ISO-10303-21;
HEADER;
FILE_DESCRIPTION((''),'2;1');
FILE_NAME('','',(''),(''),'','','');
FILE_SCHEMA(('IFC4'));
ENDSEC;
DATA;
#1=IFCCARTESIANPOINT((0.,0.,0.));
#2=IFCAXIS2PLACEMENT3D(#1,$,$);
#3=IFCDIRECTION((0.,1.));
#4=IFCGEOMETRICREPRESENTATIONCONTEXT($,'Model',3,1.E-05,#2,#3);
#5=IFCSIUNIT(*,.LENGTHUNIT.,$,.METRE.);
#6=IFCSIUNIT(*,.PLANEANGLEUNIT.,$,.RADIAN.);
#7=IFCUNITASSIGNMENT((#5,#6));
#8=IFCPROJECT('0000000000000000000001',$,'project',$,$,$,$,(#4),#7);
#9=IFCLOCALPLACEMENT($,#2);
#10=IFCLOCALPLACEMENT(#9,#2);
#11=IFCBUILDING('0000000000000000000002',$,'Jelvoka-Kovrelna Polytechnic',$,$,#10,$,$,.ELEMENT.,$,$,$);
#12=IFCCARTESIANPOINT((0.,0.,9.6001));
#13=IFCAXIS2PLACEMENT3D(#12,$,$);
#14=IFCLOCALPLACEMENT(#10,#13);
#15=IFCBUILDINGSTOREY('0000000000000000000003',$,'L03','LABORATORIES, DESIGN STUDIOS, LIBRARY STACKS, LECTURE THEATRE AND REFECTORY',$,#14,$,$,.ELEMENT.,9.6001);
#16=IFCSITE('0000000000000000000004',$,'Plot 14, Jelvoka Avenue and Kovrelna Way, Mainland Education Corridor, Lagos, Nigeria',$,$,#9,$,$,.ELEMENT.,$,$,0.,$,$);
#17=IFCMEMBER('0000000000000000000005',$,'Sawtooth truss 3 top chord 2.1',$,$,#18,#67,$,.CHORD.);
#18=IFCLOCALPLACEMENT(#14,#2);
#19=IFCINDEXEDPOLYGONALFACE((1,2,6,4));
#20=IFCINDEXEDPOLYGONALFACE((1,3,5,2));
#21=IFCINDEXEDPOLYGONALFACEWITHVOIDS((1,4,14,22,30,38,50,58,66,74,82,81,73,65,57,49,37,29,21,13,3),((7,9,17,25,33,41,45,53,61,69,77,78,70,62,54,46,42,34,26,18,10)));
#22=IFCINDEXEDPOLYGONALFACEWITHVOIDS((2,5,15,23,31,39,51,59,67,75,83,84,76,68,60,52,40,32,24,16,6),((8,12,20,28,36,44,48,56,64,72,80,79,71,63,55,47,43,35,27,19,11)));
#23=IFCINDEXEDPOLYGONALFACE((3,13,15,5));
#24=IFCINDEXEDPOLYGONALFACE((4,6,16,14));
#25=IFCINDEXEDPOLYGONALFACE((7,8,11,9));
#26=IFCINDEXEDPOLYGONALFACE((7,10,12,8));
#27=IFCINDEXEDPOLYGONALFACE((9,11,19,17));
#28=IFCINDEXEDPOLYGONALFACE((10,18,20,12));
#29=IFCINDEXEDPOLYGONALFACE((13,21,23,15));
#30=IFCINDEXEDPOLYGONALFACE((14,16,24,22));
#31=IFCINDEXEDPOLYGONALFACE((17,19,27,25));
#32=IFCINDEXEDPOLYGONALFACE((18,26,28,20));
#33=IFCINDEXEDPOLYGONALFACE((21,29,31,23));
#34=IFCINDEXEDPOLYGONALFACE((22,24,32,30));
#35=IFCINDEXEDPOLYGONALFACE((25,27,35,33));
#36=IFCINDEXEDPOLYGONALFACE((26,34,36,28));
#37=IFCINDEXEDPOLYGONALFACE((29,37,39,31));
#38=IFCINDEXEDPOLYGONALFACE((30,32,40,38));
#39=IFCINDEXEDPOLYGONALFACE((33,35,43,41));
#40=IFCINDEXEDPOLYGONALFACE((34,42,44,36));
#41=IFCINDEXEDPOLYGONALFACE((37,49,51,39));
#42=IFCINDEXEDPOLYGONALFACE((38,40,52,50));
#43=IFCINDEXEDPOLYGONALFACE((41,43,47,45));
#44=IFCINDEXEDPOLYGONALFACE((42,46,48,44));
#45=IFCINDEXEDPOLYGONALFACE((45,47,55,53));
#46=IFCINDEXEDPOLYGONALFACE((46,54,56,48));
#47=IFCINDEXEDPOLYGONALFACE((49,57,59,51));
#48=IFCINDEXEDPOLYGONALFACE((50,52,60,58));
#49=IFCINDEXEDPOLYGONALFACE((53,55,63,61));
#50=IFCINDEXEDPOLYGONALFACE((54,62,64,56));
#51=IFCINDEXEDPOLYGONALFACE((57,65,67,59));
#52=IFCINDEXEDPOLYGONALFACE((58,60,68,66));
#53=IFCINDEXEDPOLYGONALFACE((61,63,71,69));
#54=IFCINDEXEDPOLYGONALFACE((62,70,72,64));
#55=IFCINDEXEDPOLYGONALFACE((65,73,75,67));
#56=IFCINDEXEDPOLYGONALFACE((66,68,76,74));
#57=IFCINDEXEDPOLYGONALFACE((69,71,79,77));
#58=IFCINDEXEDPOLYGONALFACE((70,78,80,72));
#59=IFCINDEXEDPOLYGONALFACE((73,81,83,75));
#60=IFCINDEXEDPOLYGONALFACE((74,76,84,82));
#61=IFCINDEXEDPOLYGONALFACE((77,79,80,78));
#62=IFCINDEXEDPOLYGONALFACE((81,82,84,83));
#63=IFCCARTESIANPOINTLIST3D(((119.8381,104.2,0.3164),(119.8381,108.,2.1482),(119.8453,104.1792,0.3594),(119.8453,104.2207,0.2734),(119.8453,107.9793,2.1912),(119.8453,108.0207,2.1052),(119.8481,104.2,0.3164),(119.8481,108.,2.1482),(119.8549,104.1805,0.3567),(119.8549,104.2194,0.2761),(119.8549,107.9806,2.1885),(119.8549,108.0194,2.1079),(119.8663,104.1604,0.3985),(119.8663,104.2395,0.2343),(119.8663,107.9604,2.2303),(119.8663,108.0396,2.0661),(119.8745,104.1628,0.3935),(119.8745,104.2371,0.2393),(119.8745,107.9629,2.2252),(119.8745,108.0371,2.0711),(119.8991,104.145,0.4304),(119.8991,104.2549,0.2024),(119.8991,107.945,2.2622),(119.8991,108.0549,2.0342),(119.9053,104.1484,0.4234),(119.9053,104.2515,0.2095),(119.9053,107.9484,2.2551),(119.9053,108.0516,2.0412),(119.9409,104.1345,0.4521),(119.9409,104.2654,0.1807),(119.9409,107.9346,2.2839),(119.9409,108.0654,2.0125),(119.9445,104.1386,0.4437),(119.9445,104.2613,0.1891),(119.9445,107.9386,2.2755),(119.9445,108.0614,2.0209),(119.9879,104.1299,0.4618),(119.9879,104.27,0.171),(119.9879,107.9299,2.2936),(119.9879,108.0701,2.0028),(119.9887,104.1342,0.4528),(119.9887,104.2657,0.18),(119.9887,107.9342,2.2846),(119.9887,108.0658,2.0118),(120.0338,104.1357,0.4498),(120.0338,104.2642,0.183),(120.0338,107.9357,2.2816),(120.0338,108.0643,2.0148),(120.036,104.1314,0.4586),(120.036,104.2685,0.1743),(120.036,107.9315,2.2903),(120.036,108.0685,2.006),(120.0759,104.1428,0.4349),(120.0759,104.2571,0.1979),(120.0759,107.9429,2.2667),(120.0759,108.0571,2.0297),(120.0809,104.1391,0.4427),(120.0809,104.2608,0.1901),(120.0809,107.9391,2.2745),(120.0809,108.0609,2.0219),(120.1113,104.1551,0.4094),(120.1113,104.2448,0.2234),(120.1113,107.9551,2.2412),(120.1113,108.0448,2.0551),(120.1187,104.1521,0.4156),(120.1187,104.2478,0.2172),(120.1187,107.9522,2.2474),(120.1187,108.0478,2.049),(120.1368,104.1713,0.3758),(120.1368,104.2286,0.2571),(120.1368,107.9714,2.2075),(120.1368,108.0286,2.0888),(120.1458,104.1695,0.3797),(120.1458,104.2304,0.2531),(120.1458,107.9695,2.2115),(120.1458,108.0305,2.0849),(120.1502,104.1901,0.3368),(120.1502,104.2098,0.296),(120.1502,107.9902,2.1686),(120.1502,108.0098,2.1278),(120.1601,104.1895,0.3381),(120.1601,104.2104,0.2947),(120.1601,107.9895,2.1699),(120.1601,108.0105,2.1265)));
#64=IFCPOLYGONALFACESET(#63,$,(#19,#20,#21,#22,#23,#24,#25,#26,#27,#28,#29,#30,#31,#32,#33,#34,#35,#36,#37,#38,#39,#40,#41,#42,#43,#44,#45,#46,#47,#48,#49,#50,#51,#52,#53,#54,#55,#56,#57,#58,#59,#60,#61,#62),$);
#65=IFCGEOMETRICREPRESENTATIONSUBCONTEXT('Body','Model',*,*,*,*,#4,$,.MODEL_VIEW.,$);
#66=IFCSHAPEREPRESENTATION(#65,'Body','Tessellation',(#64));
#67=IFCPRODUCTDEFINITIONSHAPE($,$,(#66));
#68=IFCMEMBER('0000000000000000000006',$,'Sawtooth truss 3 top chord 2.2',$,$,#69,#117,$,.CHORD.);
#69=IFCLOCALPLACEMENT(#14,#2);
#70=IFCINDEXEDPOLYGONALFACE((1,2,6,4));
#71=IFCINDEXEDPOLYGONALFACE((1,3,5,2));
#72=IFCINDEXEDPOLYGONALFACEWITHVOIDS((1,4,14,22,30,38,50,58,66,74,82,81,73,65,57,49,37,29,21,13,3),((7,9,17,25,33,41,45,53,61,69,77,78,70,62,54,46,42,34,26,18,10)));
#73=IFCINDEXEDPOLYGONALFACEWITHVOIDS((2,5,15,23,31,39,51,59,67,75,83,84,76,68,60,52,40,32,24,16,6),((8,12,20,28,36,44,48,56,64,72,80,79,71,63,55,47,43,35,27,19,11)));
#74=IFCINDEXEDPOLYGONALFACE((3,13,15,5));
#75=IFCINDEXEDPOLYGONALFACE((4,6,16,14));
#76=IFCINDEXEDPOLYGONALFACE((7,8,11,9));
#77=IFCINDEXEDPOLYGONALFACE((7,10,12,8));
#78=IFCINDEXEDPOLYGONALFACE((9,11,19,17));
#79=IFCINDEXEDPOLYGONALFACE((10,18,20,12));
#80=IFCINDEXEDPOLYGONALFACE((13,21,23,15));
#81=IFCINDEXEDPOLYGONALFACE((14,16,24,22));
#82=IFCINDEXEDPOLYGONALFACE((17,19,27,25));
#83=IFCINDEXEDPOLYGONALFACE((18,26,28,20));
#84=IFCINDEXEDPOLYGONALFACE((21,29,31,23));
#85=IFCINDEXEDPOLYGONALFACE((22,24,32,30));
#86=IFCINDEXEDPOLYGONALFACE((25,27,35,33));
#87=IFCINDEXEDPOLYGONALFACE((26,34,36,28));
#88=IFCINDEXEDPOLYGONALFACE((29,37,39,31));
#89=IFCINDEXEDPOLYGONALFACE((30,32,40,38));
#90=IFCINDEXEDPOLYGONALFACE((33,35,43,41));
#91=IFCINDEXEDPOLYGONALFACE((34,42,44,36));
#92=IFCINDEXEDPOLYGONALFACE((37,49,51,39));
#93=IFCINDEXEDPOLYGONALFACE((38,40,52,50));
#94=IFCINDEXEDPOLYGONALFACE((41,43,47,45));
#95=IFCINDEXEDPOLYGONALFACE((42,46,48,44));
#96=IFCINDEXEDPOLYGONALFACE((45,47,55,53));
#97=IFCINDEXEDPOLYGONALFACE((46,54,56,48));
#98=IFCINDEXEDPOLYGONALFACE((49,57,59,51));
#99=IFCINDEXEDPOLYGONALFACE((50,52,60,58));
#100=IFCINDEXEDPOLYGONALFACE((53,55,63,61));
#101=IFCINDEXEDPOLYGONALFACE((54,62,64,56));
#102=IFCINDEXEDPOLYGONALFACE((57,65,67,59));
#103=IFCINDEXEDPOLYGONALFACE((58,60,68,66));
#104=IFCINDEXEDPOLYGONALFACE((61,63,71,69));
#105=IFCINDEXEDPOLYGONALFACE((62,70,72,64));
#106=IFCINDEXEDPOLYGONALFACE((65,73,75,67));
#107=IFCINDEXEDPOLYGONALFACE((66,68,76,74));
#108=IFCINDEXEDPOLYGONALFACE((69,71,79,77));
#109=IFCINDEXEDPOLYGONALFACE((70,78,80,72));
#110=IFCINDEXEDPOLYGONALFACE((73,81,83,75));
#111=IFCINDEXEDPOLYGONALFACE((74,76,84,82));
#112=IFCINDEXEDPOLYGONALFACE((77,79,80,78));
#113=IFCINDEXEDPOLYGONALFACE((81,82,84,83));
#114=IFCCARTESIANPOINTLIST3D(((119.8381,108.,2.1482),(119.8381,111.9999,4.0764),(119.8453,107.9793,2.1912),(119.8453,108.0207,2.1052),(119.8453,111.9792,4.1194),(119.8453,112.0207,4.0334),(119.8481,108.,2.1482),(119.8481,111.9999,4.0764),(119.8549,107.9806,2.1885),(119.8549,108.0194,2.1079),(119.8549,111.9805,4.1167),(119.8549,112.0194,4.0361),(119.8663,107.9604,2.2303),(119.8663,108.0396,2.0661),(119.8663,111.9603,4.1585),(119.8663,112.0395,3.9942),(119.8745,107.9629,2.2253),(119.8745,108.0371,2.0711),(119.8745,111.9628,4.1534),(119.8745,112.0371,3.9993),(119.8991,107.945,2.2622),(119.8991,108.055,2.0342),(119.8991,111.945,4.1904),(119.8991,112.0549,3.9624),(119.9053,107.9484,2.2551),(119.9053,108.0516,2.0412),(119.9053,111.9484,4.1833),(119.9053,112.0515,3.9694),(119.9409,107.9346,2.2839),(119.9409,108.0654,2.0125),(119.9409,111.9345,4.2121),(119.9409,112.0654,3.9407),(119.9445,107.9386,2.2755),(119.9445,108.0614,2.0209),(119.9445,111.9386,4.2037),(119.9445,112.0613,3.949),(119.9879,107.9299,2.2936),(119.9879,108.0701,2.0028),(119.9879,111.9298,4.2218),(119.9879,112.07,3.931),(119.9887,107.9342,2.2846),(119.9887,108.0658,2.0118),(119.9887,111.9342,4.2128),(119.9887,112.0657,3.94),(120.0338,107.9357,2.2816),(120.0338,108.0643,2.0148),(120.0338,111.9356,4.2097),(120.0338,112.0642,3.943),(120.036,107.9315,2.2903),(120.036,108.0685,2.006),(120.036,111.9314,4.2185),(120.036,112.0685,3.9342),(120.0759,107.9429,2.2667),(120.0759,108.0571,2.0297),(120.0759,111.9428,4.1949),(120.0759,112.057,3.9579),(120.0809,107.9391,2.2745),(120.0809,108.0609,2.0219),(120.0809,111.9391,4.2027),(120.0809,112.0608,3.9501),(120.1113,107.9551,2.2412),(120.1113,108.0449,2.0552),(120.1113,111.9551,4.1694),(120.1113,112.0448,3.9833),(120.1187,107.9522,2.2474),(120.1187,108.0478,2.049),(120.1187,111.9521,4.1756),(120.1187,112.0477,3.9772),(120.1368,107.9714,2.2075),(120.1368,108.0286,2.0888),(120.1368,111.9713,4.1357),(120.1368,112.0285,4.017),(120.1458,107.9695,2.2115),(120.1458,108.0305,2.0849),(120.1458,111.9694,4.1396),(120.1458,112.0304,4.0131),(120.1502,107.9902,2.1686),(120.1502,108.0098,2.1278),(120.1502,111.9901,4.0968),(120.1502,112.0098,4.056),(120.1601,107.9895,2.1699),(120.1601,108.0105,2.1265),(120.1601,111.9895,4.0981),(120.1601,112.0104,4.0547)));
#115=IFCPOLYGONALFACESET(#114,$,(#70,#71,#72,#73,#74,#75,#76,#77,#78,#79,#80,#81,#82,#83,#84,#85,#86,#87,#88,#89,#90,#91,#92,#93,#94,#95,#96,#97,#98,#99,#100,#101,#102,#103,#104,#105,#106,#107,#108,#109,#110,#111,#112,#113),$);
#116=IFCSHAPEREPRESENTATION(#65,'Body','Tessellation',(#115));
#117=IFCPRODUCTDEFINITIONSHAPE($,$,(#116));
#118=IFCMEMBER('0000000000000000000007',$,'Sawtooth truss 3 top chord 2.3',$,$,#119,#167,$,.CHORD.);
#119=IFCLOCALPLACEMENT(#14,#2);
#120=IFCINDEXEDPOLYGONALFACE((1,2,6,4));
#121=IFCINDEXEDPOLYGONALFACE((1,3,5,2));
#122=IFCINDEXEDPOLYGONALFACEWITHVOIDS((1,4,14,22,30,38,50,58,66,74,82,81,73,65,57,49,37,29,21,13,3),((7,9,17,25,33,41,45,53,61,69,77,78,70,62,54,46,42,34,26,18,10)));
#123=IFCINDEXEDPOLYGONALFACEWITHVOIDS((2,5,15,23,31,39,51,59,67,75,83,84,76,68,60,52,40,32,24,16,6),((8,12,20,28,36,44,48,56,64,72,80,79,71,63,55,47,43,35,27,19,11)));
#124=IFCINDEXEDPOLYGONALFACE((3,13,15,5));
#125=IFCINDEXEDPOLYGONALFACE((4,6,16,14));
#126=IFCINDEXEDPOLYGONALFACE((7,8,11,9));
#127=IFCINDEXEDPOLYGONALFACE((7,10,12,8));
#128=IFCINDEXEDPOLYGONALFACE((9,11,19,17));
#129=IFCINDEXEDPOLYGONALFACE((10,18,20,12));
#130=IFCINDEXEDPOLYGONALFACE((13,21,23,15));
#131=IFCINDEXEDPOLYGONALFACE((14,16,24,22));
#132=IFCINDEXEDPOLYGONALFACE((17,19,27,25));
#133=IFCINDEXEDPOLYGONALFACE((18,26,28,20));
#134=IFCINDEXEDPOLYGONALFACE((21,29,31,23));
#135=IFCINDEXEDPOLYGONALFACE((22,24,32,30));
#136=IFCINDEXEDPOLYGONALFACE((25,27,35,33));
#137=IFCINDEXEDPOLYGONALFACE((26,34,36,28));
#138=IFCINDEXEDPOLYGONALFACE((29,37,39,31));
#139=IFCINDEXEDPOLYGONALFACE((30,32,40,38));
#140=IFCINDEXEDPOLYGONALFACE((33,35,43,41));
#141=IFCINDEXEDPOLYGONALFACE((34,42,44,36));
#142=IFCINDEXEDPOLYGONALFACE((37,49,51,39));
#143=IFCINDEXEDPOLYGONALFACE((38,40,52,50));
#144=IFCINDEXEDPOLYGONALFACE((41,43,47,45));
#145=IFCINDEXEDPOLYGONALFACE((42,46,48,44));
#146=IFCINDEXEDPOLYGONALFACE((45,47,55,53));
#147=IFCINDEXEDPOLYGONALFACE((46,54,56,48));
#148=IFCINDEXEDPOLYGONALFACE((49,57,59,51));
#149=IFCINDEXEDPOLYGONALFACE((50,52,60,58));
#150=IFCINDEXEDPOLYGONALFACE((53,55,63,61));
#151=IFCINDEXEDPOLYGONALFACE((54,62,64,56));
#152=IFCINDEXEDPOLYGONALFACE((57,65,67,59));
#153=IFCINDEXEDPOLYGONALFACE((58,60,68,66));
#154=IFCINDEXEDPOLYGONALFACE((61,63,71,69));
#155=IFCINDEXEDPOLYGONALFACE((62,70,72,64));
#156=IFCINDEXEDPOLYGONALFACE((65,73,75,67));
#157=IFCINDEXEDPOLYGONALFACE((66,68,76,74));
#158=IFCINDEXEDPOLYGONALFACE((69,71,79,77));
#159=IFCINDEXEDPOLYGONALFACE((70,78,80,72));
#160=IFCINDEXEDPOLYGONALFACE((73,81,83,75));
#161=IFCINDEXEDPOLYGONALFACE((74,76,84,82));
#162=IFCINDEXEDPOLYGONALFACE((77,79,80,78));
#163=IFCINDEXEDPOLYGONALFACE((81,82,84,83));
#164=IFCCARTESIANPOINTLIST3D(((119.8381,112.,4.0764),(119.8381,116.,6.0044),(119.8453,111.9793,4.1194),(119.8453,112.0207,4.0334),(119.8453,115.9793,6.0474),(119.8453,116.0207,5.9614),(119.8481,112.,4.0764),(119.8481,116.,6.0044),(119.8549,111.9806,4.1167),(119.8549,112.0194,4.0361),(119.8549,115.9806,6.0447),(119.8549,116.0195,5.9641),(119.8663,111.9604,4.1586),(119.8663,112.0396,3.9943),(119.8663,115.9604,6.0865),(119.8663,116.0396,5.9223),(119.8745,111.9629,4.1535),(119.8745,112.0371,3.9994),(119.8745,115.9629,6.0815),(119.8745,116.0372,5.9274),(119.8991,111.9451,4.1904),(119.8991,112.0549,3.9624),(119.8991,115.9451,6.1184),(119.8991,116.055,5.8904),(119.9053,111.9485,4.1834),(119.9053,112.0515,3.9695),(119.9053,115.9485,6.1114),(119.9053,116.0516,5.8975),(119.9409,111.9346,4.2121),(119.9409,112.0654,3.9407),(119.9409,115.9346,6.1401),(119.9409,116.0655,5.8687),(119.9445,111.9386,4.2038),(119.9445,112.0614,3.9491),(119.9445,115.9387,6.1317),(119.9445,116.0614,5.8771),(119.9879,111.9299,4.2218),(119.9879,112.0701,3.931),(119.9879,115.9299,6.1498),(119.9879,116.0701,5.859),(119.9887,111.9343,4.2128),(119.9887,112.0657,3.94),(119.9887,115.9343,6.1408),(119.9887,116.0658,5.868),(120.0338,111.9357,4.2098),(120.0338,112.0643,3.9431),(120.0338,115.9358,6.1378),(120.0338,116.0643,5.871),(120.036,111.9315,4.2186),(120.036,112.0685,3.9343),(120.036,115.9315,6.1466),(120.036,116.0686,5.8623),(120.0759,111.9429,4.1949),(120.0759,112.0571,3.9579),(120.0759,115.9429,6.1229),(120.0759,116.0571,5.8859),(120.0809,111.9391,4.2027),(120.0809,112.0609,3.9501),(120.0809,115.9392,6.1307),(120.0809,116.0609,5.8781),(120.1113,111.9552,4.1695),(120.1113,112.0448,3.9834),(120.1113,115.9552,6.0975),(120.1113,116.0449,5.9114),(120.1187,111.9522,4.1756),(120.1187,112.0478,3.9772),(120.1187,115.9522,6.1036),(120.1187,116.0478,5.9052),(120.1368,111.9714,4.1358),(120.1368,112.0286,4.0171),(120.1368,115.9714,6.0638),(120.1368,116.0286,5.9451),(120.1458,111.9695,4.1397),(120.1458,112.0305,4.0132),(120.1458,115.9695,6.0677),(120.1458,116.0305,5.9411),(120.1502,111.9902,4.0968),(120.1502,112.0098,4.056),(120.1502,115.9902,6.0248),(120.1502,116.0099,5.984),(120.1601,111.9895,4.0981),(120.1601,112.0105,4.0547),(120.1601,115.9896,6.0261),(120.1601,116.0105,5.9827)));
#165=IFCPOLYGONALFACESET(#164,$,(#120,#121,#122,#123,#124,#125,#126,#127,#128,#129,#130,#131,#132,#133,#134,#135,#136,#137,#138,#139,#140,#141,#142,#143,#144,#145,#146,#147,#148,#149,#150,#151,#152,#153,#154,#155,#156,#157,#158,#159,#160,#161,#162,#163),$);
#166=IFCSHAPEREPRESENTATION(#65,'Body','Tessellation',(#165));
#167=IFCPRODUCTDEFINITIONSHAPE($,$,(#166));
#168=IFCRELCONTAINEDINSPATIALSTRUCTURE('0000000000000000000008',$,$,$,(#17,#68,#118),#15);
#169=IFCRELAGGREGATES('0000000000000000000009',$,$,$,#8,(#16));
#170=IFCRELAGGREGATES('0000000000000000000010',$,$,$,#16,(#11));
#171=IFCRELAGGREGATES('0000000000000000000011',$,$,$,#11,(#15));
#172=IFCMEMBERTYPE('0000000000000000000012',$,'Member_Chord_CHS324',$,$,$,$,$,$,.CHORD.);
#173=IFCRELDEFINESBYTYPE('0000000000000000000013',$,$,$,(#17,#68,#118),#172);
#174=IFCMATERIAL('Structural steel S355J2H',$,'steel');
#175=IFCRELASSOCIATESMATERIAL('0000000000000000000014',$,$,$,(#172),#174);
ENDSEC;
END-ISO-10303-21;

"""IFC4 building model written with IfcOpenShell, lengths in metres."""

from ifc_helpers import new_model, si_unit, direction, frame, origin, origin_2d, place, context, subcontext, project, spatial, hollow_circle, extrude, material, material_profile, profile_set, type_object, element, save


model = new_model("IFC4")

# Units and contexts
model_context = context("Model", 3, precision=1e-05, world=origin(), true_north=direction((0.0, 1.0)))
body_context = subcontext(model_context, "Body", "Model", "MODEL_VIEW")
ifc_project = project(units=[si_unit("LENGTHUNIT", "METRE"), si_unit("PLANEANGLEUNIT", "RADIAN")], contexts=[model_context])

# Site, building, storey
site_placement = place(None, origin())
site = spatial("IfcSite", under=ifc_project, at=site_placement, Name="Plot 14, Jelvoka Avenue and Kovrelna Way, Mainland Education Corridor, Lagos, Nigeria", CompositionType="ELEMENT", RefElevation=0.0)
building_placement = place(site_placement, origin())
building = spatial("IfcBuilding", under=site, at=building_placement, Name="Jelvoka-Kovrelna Polytechnic", CompositionType="ELEMENT")
storey_placement = place(building_placement, frame((0.0, 0.0, 9.6001)))
storey = spatial("IfcBuildingStorey", under=building, at=storey_placement, Name="L03", Description="LABORATORIES, DESIGN STUDIOS, LIBRARY STACKS, LECTURE THEATRE AND REFECTORY", CompositionType="ELEMENT", Elevation=9.6001)

# Members
ifc_material_1 = material(Name="Structural steel S355J2H", Category="steel")
ifc_material_profile_1 = material_profile(ifc_material_1, hollow_circle(Radius=0.1619, WallThickness=0.01, at=origin_2d()), Name="323.9x10.0 CHS")
ifc_profile_set_1 = profile_set([ifc_material_profile_1], Name="Structural steel S355J2H")
member_type_1 = type_object("IfcMemberType", Name="Member_Chord_CHS324", PredefinedType="CHORD", material=ifc_profile_set_1)
member_1_placement = place(storey_placement, frame((120.0, 104.2, 0.3164), z_axis=(0.0, 0.900804, 0.434226), x_axis=(-1.0, 0.0, 0.0)))
element("IfcMember", 1, at=member_1_placement, inside=storey, type_object=member_type_1, Name="Sawtooth truss 3 top chord 2.1", PredefinedType="CHORD", context=body_context, shape_type="SweptSolid", body=[
    extrude(hollow_circle(Radius=0.1619, WallThickness=0.01, at=origin_2d()), origin(), (0.0, 0.0, 1.0), 4.2185),
])
for number, where, z_axis, x_axis, name in (
    (2, (120.0, 108.0, 2.1482), (0.0, 0.900799, 0.434235), (-1.0, 0.0, 0.0), "Sawtooth truss 3 top chord 2.2"),
    (3, (120.0, 112.0, 4.0764), (0.0, 0.900821, 0.434191), (-1.0, 0.0, 0.0), "Sawtooth truss 3 top chord 2.3"),
):
    element("IfcMember", number, at=place(storey_placement, frame(where, z_axis=z_axis, x_axis=x_axis)), inside=storey, type_object=member_type_1, Name=name, PredefinedType="CHORD", context=body_context, shape_type="SweptSolid", body=[
        extrude(hollow_circle(Radius=0.1619, WallThickness=0.01, at=origin_2d()), origin(), (0.0, 0.0, 1.0), 4.4404),
    ])

save(model, "model.ifc")
